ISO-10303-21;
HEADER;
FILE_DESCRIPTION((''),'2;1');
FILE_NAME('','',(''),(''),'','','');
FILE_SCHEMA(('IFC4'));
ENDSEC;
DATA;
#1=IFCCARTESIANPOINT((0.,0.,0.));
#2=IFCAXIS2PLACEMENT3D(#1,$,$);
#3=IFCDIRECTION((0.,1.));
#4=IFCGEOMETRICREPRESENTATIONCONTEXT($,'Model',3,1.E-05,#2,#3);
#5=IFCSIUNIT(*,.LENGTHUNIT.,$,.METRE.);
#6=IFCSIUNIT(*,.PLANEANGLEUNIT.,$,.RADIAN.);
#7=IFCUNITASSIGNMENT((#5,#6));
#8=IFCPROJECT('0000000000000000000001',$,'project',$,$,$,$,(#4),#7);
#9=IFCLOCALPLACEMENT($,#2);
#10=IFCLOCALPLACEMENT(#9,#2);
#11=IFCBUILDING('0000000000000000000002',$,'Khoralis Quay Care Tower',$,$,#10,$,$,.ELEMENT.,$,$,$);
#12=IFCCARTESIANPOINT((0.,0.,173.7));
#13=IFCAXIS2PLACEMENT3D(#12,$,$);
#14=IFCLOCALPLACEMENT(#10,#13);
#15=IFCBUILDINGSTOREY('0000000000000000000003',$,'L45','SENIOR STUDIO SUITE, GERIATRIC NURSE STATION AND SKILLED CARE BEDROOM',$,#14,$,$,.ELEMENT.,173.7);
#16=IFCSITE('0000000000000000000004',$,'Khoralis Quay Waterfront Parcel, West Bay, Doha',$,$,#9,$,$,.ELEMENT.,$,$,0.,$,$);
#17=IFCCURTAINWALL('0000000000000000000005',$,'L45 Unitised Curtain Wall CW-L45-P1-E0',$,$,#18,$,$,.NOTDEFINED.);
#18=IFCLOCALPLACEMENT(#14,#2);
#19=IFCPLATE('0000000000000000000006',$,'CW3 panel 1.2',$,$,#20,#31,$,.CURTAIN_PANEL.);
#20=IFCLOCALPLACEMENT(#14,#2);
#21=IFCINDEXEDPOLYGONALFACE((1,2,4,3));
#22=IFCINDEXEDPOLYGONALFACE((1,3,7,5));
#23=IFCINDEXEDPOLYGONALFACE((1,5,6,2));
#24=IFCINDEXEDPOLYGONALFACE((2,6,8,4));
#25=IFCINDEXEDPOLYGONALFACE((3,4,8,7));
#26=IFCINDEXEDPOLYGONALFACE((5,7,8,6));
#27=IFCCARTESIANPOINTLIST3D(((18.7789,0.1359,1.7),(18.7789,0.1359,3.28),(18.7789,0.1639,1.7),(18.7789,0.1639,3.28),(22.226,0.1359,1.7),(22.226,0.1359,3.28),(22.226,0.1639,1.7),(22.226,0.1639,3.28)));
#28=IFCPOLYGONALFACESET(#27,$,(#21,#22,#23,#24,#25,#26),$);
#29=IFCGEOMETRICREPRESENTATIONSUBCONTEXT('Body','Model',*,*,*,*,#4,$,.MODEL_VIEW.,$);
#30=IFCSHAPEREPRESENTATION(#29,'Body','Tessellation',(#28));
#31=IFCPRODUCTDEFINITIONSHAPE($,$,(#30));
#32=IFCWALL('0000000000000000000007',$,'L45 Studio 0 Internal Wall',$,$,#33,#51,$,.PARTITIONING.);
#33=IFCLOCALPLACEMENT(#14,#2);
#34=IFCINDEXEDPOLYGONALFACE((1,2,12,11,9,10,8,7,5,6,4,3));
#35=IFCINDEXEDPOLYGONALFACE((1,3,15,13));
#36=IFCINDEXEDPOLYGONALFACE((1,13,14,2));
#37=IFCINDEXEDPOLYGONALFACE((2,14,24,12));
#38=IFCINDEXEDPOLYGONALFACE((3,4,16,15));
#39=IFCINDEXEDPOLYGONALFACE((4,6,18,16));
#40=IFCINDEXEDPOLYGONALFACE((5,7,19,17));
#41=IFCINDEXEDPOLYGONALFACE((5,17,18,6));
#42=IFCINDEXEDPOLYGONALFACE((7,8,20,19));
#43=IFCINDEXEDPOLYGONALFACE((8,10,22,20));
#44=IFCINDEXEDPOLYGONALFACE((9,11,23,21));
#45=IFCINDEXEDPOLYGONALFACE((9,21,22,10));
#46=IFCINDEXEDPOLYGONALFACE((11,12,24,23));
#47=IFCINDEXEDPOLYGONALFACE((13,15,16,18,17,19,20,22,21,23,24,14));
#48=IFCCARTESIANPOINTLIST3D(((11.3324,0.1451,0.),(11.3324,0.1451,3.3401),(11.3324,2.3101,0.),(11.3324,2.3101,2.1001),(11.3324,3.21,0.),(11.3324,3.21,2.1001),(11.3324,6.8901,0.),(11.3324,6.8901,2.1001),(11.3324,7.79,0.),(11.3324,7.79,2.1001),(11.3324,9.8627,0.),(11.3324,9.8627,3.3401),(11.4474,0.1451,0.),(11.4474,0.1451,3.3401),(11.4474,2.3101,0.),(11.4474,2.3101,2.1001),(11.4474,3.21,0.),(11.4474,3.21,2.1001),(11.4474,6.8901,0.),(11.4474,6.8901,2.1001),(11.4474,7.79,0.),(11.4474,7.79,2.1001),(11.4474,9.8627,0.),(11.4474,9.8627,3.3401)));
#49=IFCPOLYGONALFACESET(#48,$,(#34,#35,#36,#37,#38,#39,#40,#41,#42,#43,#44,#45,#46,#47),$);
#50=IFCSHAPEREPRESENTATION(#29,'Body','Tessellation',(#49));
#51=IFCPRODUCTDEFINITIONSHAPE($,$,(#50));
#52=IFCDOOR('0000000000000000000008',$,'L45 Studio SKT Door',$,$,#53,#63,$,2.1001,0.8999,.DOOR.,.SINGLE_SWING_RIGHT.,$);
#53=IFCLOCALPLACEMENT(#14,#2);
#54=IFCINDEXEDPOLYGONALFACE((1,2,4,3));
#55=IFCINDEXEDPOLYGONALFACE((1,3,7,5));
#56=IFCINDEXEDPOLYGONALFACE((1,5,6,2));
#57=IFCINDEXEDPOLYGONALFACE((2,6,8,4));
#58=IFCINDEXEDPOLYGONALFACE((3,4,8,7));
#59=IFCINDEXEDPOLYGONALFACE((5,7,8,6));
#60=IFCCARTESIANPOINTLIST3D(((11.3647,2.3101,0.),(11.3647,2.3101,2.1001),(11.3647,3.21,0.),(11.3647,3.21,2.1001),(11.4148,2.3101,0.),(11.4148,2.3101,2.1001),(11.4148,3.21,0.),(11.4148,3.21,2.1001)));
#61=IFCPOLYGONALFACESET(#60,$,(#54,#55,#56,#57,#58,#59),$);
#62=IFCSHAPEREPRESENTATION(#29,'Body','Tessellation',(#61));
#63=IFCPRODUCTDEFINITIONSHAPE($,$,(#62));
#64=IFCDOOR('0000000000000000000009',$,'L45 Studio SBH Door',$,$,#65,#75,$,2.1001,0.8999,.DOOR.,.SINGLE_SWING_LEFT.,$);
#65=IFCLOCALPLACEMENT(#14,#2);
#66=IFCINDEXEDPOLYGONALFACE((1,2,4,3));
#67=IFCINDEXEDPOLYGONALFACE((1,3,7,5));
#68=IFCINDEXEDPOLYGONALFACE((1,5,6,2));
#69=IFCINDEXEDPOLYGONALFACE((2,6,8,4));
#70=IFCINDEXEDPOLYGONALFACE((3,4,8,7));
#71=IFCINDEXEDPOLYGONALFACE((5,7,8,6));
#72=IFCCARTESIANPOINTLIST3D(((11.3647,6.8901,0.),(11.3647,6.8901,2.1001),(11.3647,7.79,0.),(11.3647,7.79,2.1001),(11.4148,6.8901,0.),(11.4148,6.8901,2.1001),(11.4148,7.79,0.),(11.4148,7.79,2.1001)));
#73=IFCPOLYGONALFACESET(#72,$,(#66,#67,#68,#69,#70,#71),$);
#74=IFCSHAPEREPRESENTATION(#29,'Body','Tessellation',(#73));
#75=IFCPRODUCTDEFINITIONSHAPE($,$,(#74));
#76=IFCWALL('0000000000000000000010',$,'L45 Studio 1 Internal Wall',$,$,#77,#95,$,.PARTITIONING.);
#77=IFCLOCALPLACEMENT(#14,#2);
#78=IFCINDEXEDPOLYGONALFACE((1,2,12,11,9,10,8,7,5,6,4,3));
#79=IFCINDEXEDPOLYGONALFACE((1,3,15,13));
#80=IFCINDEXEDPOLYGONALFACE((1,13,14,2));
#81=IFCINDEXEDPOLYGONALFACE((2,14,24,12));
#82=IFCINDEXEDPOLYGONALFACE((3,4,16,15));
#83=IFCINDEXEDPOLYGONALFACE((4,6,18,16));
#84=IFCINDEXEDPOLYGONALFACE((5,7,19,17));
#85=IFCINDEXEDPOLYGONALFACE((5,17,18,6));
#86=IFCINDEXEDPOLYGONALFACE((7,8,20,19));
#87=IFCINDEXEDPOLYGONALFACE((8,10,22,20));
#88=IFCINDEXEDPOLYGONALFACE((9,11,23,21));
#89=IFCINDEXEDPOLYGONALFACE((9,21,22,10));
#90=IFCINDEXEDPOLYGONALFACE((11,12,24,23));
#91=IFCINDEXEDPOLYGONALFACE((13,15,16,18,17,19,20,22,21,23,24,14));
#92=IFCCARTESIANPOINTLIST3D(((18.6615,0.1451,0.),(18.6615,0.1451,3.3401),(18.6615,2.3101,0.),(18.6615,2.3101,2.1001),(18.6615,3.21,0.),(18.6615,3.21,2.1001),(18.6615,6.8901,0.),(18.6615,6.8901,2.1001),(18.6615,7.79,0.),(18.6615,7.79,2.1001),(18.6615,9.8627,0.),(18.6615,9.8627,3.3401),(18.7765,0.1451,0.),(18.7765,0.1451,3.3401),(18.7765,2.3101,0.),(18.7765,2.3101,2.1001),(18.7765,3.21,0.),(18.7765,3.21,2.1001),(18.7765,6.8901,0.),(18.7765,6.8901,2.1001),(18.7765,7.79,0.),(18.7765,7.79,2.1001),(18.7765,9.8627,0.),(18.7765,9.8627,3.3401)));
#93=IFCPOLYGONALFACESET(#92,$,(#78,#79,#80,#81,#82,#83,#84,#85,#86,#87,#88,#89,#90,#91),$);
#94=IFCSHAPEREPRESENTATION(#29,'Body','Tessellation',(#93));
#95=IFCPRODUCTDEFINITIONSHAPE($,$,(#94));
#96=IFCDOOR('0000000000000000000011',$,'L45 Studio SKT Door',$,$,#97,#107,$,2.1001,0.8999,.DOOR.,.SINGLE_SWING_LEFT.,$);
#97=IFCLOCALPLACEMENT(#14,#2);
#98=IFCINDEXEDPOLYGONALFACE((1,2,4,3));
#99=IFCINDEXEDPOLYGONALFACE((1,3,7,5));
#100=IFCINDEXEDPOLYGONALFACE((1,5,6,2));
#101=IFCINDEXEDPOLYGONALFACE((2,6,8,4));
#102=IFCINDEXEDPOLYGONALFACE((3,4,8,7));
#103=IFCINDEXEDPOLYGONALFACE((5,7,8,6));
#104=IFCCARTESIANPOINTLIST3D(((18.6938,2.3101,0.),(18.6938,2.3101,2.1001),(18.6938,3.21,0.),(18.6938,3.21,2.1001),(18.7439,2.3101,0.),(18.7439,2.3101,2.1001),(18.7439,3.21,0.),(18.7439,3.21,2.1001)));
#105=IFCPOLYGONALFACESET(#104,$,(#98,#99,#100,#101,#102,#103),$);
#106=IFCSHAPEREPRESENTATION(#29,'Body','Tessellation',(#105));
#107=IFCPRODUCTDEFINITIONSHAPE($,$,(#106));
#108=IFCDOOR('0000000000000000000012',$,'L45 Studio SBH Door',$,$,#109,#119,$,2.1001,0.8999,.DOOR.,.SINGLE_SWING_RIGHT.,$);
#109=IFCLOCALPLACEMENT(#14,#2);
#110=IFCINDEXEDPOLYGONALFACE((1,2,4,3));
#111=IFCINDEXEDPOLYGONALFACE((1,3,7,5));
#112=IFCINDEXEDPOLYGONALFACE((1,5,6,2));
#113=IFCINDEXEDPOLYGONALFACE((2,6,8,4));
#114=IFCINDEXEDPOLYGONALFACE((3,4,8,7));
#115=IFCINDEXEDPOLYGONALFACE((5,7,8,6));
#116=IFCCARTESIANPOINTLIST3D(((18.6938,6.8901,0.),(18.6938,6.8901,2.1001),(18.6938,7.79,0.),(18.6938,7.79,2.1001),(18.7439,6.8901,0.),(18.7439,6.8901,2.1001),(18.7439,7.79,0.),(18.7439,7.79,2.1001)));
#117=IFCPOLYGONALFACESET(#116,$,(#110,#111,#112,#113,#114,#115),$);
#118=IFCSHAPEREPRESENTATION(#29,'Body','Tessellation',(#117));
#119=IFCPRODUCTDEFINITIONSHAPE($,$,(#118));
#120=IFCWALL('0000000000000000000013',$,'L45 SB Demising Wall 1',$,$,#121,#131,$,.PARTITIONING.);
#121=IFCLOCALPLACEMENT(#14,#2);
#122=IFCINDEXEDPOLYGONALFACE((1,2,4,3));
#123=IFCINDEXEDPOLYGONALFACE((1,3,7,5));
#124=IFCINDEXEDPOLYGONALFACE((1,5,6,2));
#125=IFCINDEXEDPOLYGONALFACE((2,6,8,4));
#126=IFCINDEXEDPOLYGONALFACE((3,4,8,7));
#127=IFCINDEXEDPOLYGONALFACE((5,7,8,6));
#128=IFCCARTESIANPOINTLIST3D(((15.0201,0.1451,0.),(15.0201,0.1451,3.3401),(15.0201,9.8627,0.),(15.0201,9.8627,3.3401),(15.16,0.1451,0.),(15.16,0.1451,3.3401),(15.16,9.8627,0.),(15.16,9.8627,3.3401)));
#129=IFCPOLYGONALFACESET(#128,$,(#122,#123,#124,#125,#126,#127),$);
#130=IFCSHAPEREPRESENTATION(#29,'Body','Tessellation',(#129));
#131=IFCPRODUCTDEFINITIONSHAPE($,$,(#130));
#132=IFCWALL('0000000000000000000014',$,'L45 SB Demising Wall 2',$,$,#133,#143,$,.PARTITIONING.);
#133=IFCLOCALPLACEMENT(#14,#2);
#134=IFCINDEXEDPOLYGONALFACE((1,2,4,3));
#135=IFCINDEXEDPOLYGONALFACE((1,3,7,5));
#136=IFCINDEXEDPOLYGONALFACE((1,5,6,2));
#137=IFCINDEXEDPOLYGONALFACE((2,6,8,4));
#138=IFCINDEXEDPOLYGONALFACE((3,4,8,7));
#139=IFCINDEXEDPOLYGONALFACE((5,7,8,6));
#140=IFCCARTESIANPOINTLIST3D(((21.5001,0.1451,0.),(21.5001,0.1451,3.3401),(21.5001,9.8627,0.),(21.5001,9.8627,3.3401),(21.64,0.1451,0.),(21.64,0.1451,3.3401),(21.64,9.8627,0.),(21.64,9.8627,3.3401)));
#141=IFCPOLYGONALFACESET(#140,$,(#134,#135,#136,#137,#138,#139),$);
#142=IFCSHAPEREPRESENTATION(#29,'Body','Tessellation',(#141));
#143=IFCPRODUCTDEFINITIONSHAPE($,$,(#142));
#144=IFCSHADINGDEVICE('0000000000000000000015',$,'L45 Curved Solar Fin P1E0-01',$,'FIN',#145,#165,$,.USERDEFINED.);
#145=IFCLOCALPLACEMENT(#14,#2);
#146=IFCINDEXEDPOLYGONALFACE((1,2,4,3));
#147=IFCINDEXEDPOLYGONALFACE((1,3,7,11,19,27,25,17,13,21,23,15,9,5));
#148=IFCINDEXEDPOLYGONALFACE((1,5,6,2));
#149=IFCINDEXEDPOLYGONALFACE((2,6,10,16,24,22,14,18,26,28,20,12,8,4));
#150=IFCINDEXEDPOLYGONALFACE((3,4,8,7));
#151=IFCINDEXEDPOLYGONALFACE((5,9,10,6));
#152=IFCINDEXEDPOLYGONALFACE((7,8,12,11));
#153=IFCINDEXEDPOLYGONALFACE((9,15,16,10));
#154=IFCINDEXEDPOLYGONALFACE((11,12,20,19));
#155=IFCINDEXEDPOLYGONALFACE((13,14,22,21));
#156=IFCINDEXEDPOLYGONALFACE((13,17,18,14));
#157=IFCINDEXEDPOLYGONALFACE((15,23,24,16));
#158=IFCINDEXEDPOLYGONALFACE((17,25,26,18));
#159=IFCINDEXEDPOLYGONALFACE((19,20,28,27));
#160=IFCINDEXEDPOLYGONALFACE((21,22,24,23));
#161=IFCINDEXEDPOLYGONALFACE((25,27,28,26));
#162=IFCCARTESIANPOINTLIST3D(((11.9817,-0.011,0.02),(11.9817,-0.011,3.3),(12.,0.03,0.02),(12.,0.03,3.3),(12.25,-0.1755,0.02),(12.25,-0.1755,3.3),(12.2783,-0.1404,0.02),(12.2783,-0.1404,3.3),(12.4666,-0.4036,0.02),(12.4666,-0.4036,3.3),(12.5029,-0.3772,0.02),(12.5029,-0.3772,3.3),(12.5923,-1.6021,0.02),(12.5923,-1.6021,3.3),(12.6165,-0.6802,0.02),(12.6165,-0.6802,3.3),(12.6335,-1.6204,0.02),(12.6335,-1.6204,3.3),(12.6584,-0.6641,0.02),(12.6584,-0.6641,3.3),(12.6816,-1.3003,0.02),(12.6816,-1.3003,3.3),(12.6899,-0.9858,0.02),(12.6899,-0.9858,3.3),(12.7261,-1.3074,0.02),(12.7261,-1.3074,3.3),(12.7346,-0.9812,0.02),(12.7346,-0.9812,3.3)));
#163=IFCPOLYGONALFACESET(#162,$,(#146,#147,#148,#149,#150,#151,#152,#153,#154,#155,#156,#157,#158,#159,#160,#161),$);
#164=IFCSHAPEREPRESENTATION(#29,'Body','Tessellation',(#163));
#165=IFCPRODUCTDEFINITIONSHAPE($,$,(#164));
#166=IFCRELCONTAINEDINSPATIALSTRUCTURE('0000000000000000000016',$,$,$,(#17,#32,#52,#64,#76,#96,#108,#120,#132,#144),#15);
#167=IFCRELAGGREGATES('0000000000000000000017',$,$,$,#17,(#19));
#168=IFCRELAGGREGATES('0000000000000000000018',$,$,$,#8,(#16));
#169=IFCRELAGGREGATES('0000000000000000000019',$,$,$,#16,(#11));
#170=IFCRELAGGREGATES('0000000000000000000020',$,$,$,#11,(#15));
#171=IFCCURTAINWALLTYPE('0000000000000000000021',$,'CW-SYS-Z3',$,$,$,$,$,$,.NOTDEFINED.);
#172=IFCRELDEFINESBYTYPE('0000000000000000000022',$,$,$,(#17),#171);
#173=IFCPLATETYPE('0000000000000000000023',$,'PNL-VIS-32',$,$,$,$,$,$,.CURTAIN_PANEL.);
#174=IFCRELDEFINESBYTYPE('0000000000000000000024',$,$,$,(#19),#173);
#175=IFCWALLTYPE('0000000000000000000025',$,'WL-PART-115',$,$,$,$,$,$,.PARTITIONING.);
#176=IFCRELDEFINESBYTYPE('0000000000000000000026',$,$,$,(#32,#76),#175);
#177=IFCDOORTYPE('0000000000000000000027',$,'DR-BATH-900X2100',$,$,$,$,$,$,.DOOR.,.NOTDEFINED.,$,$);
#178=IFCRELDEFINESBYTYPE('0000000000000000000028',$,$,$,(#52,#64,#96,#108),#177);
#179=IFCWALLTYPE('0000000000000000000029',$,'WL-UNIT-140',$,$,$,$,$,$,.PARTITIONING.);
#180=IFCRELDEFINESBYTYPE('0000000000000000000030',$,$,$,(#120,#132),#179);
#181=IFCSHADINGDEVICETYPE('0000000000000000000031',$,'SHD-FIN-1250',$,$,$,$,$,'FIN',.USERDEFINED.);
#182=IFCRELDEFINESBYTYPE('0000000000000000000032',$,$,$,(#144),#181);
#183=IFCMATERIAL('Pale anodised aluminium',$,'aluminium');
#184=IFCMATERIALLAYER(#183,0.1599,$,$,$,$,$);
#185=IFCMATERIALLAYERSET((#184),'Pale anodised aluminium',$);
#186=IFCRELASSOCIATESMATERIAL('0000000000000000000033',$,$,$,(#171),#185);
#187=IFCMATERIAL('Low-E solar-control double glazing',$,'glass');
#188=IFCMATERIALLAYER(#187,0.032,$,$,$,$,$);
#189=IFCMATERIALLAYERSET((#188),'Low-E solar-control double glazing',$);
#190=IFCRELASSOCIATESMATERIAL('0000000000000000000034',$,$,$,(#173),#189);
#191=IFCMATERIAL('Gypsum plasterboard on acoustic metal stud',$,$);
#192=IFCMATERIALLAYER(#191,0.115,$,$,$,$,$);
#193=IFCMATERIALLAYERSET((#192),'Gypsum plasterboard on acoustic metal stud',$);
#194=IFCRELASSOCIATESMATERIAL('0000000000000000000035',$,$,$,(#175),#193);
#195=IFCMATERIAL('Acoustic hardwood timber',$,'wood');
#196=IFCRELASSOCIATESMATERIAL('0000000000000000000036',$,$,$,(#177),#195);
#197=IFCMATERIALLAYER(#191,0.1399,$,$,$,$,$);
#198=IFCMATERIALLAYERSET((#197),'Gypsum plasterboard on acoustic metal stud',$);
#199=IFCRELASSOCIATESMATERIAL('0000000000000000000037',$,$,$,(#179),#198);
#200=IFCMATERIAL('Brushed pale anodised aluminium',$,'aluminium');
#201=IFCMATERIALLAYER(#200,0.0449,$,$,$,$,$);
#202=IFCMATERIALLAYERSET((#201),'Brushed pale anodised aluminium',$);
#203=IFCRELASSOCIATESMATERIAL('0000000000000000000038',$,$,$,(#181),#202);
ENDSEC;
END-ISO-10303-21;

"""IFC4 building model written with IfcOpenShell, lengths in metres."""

from ifc_helpers import new_model, si_unit, direction, frame, frame_2d, origin, origin_2d, place, context, subcontext, project, spatial, polyline, rectangle, outline, extrude, source, transform, mapped, material, layer, layer_set, type_object, element, fill, aggregate, save


model = new_model("IFC4")

# Units and contexts
model_context = context("Model", 3, precision=1e-05, world=origin(), true_north=direction((0.0, 1.0)))
body_context = subcontext(model_context, "Body", "Model", "MODEL_VIEW")
ifc_project = project(units=[si_unit("LENGTHUNIT", "METRE"), si_unit("PLANEANGLEUNIT", "RADIAN")], contexts=[model_context])

# Site, building, storey
site_placement = place(None, origin())
site = spatial("IfcSite", under=ifc_project, at=site_placement, Name="Khoralis Quay Waterfront Parcel, West Bay, Doha", CompositionType="ELEMENT", RefElevation=0.0)
building_placement = place(site_placement, origin())
building = spatial("IfcBuilding", under=site, at=building_placement, Name="Khoralis Quay Care Tower", CompositionType="ELEMENT")
storey_placement = place(building_placement, frame((0.0, 0.0, 173.7)))
storey = spatial("IfcBuildingStorey", under=building, at=storey_placement, Name="L45", Description="SENIOR STUDIO SUITE, GERIATRIC NURSE STATION AND SKILLED CARE BEDROOM", CompositionType="ELEMENT", Elevation=173.7)

# Curtain wall, plate
ifc_material_1 = material(Name="Pale anodised aluminium", Category="aluminium")
ifc_layer_1 = layer(ifc_material_1, 0.1599)
ifc_layer_set_1 = layer_set([ifc_layer_1], Name="Pale anodised aluminium")
curtain_wall_type = type_object("IfcCurtainWallType", Name="CW-SYS-Z3", PredefinedType="NOTDEFINED", material=ifc_layer_set_1)
curtain_wall_placement = place(storey_placement, origin())
curtain_wall = element("IfcCurtainWall", 1, at=curtain_wall_placement, inside=storey, type_object=curtain_wall_type, Name="L45 Unitised Curtain Wall CW-L45-P1-E0", PredefinedType="NOTDEFINED")
ifc_material_2 = material(Name="Low-E solar-control double glazing", Category="glass")
ifc_layer_2 = layer(ifc_material_2, 0.032)
ifc_layer_set_2 = layer_set([ifc_layer_2], Name="Low-E solar-control double glazing")
plate_type = type_object("IfcPlateType", Name="PNL-VIS-32", PredefinedType="CURTAIN_PANEL", material=ifc_layer_set_2)
shared_shape_1 = source(origin(), body_context, "Body", "SweptSolid", [
    extrude(rectangle(XDim=3.447, YDim=0.0281, at=origin_2d()), origin(), (0.0, 0.0, 1.0), 1.5801),
])
plate_1_placement = place(storey_placement, frame((20.5024, 0.1499, 1.7), z_axis=(0.0, 0.0, 1.0), x_axis=(1.0, 0.0, 0.0)))
plate_1 = element("IfcPlate", 2, at=plate_1_placement, type_object=plate_type, Name="CW3 panel 1.2", PredefinedType="CURTAIN_PANEL", context=body_context, shape_type="MappedRepresentation", body=[
    mapped(shared_shape_1, transform((0.0, 0.0, 0.0), scale=1.0)),
])
aggregate(curtain_wall, [plate_1])

# Walls, openings, doors
ifc_material_3 = material(Name="Gypsum plasterboard on acoustic metal stud")
ifc_layer_3 = layer(ifc_material_3, 0.115)
ifc_layer_set_3 = layer_set([ifc_layer_3], Name="Gypsum plasterboard on acoustic metal stud")
wall_type_1 = type_object("IfcWallType", Name="WL-PART-115", PredefinedType="PARTITIONING", material=ifc_layer_set_3)
wall_1_placement = place(storey_placement, frame((11.3899, 0.145, 0.0), z_axis=(0.0, 0.0, 1.0), x_axis=(0.0, 1.0, 0.0)))
wall_1 = element("IfcWall", 3, at=wall_1_placement, inside=storey, type_object=wall_type_1, Name="L45 Studio 0 Internal Wall", PredefinedType="PARTITIONING", context=body_context, shape_type="SweptSolid", body=[
    extrude(rectangle(XDim=9.7175, YDim=0.115, at=frame_2d((4.8589, 0.0))), origin(), (0.0, 0.0, 1.0), 3.3401),
])
opening_1_placement = place(wall_1_placement, frame((2.165, 0.0, 0.0)))
opening_1 = element("IfcOpeningElement", 4, at=opening_1_placement, cuts=wall_1, PredefinedType="OPENING", context=body_context, shape_type="SweptSolid", body=[
    extrude(rectangle(XDim=0.8999, YDim=2.1001, at=frame_2d((0.45, 1.05))), frame((0.0, 0.0674, 0.0), z_axis=(0.0, -1.0, 0.0), x_axis=(1.0, 0.0, 0.0)), (0.0, 0.0, 1.0), 0.135),
])
opening_2_placement = place(wall_1_placement, frame((6.7451, 0.0, 0.0)))
opening_2 = element("IfcOpeningElement", 5, at=opening_2_placement, cuts=wall_1, PredefinedType="OPENING", context=body_context, shape_type="SweptSolid", body=[
    extrude(rectangle(XDim=0.8999, YDim=2.1001, at=frame_2d((0.45, 1.05))), frame((0.0, 0.0674, 0.0), z_axis=(0.0, -1.0, 0.0), x_axis=(1.0, 0.0, 0.0)), (0.0, 0.0, 1.0), 0.135),
])
ifc_material_4 = material(Name="Acoustic hardwood timber", Category="wood")
door_type = type_object("IfcDoorType", Name="DR-BATH-900X2100", OperationType="NOTDEFINED", PredefinedType="DOOR", material=ifc_material_4)
shared_shape_2 = source(origin(), body_context, "Body", "SweptSolid", [
    extrude(rectangle(XDim=0.8999, YDim=2.1001, at=frame_2d((0.45, 1.05))), frame((0.0, 0.0249, 0.0), z_axis=(0.0, -1.0, 0.0), x_axis=(1.0, 0.0, 0.0)), (0.0, 0.0, 1.0), 0.05),
])
door_1_placement = place(opening_1_placement, frame((0.8999, 0.0, 0.0), z_axis=(0.0, 0.0, 1.0), x_axis=(-1.0, 0.0, 0.0)))
door_1 = element("IfcDoor", 6, at=door_1_placement, inside=storey, type_object=door_type, Name="L45 Studio SKT Door", OperationType="SINGLE_SWING_RIGHT", OverallHeight=2.1001, OverallWidth=0.8999, PredefinedType="DOOR", context=body_context, shape_type="MappedRepresentation", body=[
    mapped(shared_shape_2, transform((0.0, 0.0, 0.0), scale=1.0)),
])
fill(opening_1, door_1)
door_2_placement = place(opening_2_placement, frame((0.8999, 0.0, 0.0), z_axis=(0.0, 0.0, 1.0), x_axis=(-1.0, 0.0, 0.0)))
door_2 = element("IfcDoor", 7, at=door_2_placement, inside=storey, type_object=door_type, Name="L45 Studio SBH Door", OperationType="SINGLE_SWING_LEFT", OverallHeight=2.1001, OverallWidth=0.8999, PredefinedType="DOOR", context=body_context, shape_type="MappedRepresentation", body=[
    mapped(shared_shape_2, transform((0.0, 0.0, 0.0), scale=1.0)),
])
fill(opening_2, door_2)
wall_2_placement = place(storey_placement, frame((18.719, 0.145, 0.0), z_axis=(0.0, 0.0, 1.0), x_axis=(0.0, 1.0, 0.0)))
wall_2 = element("IfcWall", 8, at=wall_2_placement, inside=storey, type_object=wall_type_1, Name="L45 Studio 1 Internal Wall", PredefinedType="PARTITIONING", context=body_context, shape_type="SweptSolid", body=[
    extrude(rectangle(XDim=9.7175, YDim=0.115, at=frame_2d((4.8589, 0.0))), origin(), (0.0, 0.0, 1.0), 3.3401),
])
opening_3_placement = place(wall_2_placement, frame((2.165, 0.0, 0.0)))
opening_3 = element("IfcOpeningElement", 9, at=opening_3_placement, cuts=wall_2, PredefinedType="OPENING", context=body_context, shape_type="SweptSolid", body=[
    extrude(rectangle(XDim=0.8999, YDim=2.1001, at=frame_2d((0.45, 1.05))), frame((0.0, 0.0674, 0.0), z_axis=(0.0, -1.0, 0.0), x_axis=(1.0, 0.0, 0.0)), (0.0, 0.0, 1.0), 0.135),
])
opening_4_placement = place(wall_2_placement, frame((6.7451, 0.0, 0.0)))
opening_4 = element("IfcOpeningElement", 10, at=opening_4_placement, cuts=wall_2, PredefinedType="OPENING", context=body_context, shape_type="SweptSolid", body=[
    extrude(rectangle(XDim=0.8999, YDim=2.1001, at=frame_2d((0.45, 1.05))), frame((0.0, 0.0674, 0.0), z_axis=(0.0, -1.0, 0.0), x_axis=(1.0, 0.0, 0.0)), (0.0, 0.0, 1.0), 0.135),
])
door_3_placement = place(opening_3_placement, frame((0.8999, 0.0, 0.0), z_axis=(0.0, 0.0, 1.0), x_axis=(-1.0, 0.0, 0.0)))
door_3 = element("IfcDoor", 11, at=door_3_placement, inside=storey, type_object=door_type, Name="L45 Studio SKT Door", OperationType="SINGLE_SWING_LEFT", OverallHeight=2.1001, OverallWidth=0.8999, PredefinedType="DOOR", context=body_context, shape_type="MappedRepresentation", body=[
    mapped(shared_shape_2, transform((0.0, 0.0, 0.0), scale=1.0)),
])
fill(opening_3, door_3)
door_4_placement = place(opening_4_placement, frame((0.8999, 0.0, 0.0), z_axis=(0.0, 0.0, 1.0), x_axis=(-1.0, 0.0, 0.0)))
door_4 = element("IfcDoor", 12, at=door_4_placement, inside=storey, type_object=door_type, Name="L45 Studio SBH Door", OperationType="SINGLE_SWING_RIGHT", OverallHeight=2.1001, OverallWidth=0.8999, PredefinedType="DOOR", context=body_context, shape_type="MappedRepresentation", body=[
    mapped(shared_shape_2, transform((0.0, 0.0, 0.0), scale=1.0)),
])
fill(opening_4, door_4)

# Walls
ifc_layer_4 = layer(ifc_material_3, 0.1399)
ifc_layer_set_4 = layer_set([ifc_layer_4], Name="Gypsum plasterboard on acoustic metal stud")
wall_type_2 = type_object("IfcWallType", Name="WL-UNIT-140", PredefinedType="PARTITIONING", material=ifc_layer_set_4)
for number, where, z_axis, x_axis, name in (
    (13, (15.0901, 0.145, 0.0), (0.0, 0.0, 1.0), (0.0, 1.0, 0.0), "L45 SB Demising Wall 1"),
    (14, (21.5701, 0.145, 0.0), (0.0, 0.0, 1.0), (0.0, 1.0, 0.0), "L45 SB Demising Wall 2"),
):
    element("IfcWall", number, at=place(storey_placement, frame(where, z_axis=z_axis, x_axis=x_axis)), inside=storey, type_object=wall_type_2, Name=name, PredefinedType="PARTITIONING", context=body_context, shape_type="SweptSolid", body=[
        extrude(rectangle(XDim=9.7175, YDim=0.1399, at=frame_2d((4.8589, 0.0))), origin(), (0.0, 0.0, 1.0), 3.3401),
    ])

# Shading device
ifc_material_5 = material(Name="Brushed pale anodised aluminium", Category="aluminium")
ifc_layer_5 = layer(ifc_material_5, 0.0449)
ifc_layer_set_5 = layer_set([ifc_layer_5], Name="Brushed pale anodised aluminium")
shading_device_type = type_object("IfcShadingDeviceType", Name="SHD-FIN-1250", ElementType="FIN", PredefinedType="USERDEFINED", material=ifc_layer_set_5)
shared_shape_3 = source(origin(), body_context, "Body", "SweptSolid", [
    extrude(outline(polyline([(0.0, 0.0), (0.1704, 0.2783), (0.4072, 0.5029), (0.6941, 0.6584), (1.0112, 0.7346), (1.3374, 0.7261), (1.6504, 0.6335), (1.6321, 0.5923), (1.3303, 0.6816), (1.0159, 0.6899), (0.7102, 0.6165), (0.4336, 0.4666), (0.2056, 0.25), (0.041, -0.0183), (0.0, 0.0)])), origin(), (0.0, 0.0, 1.0), 3.28),
])
for number, where, z_axis, x_axis, name in (
    (15, (12.0, 0.03, 0.02), (0.0, 0.0, 1.0), (0.0, -1.0, 0.0), "L45 Curved Solar Fin P1E0-01"),
):
    element("IfcShadingDevice", number, at=place(storey_placement, frame(where, z_axis=z_axis, x_axis=x_axis)), inside=storey, type_object=shading_device_type, Name=name, ObjectType="FIN", PredefinedType="USERDEFINED", context=body_context, shape_type="MappedRepresentation", body=[
        mapped(shared_shape_3, transform((0.0, 0.0, 0.0), scale=1.0)),
    ])

save(model, "model.ifc")
